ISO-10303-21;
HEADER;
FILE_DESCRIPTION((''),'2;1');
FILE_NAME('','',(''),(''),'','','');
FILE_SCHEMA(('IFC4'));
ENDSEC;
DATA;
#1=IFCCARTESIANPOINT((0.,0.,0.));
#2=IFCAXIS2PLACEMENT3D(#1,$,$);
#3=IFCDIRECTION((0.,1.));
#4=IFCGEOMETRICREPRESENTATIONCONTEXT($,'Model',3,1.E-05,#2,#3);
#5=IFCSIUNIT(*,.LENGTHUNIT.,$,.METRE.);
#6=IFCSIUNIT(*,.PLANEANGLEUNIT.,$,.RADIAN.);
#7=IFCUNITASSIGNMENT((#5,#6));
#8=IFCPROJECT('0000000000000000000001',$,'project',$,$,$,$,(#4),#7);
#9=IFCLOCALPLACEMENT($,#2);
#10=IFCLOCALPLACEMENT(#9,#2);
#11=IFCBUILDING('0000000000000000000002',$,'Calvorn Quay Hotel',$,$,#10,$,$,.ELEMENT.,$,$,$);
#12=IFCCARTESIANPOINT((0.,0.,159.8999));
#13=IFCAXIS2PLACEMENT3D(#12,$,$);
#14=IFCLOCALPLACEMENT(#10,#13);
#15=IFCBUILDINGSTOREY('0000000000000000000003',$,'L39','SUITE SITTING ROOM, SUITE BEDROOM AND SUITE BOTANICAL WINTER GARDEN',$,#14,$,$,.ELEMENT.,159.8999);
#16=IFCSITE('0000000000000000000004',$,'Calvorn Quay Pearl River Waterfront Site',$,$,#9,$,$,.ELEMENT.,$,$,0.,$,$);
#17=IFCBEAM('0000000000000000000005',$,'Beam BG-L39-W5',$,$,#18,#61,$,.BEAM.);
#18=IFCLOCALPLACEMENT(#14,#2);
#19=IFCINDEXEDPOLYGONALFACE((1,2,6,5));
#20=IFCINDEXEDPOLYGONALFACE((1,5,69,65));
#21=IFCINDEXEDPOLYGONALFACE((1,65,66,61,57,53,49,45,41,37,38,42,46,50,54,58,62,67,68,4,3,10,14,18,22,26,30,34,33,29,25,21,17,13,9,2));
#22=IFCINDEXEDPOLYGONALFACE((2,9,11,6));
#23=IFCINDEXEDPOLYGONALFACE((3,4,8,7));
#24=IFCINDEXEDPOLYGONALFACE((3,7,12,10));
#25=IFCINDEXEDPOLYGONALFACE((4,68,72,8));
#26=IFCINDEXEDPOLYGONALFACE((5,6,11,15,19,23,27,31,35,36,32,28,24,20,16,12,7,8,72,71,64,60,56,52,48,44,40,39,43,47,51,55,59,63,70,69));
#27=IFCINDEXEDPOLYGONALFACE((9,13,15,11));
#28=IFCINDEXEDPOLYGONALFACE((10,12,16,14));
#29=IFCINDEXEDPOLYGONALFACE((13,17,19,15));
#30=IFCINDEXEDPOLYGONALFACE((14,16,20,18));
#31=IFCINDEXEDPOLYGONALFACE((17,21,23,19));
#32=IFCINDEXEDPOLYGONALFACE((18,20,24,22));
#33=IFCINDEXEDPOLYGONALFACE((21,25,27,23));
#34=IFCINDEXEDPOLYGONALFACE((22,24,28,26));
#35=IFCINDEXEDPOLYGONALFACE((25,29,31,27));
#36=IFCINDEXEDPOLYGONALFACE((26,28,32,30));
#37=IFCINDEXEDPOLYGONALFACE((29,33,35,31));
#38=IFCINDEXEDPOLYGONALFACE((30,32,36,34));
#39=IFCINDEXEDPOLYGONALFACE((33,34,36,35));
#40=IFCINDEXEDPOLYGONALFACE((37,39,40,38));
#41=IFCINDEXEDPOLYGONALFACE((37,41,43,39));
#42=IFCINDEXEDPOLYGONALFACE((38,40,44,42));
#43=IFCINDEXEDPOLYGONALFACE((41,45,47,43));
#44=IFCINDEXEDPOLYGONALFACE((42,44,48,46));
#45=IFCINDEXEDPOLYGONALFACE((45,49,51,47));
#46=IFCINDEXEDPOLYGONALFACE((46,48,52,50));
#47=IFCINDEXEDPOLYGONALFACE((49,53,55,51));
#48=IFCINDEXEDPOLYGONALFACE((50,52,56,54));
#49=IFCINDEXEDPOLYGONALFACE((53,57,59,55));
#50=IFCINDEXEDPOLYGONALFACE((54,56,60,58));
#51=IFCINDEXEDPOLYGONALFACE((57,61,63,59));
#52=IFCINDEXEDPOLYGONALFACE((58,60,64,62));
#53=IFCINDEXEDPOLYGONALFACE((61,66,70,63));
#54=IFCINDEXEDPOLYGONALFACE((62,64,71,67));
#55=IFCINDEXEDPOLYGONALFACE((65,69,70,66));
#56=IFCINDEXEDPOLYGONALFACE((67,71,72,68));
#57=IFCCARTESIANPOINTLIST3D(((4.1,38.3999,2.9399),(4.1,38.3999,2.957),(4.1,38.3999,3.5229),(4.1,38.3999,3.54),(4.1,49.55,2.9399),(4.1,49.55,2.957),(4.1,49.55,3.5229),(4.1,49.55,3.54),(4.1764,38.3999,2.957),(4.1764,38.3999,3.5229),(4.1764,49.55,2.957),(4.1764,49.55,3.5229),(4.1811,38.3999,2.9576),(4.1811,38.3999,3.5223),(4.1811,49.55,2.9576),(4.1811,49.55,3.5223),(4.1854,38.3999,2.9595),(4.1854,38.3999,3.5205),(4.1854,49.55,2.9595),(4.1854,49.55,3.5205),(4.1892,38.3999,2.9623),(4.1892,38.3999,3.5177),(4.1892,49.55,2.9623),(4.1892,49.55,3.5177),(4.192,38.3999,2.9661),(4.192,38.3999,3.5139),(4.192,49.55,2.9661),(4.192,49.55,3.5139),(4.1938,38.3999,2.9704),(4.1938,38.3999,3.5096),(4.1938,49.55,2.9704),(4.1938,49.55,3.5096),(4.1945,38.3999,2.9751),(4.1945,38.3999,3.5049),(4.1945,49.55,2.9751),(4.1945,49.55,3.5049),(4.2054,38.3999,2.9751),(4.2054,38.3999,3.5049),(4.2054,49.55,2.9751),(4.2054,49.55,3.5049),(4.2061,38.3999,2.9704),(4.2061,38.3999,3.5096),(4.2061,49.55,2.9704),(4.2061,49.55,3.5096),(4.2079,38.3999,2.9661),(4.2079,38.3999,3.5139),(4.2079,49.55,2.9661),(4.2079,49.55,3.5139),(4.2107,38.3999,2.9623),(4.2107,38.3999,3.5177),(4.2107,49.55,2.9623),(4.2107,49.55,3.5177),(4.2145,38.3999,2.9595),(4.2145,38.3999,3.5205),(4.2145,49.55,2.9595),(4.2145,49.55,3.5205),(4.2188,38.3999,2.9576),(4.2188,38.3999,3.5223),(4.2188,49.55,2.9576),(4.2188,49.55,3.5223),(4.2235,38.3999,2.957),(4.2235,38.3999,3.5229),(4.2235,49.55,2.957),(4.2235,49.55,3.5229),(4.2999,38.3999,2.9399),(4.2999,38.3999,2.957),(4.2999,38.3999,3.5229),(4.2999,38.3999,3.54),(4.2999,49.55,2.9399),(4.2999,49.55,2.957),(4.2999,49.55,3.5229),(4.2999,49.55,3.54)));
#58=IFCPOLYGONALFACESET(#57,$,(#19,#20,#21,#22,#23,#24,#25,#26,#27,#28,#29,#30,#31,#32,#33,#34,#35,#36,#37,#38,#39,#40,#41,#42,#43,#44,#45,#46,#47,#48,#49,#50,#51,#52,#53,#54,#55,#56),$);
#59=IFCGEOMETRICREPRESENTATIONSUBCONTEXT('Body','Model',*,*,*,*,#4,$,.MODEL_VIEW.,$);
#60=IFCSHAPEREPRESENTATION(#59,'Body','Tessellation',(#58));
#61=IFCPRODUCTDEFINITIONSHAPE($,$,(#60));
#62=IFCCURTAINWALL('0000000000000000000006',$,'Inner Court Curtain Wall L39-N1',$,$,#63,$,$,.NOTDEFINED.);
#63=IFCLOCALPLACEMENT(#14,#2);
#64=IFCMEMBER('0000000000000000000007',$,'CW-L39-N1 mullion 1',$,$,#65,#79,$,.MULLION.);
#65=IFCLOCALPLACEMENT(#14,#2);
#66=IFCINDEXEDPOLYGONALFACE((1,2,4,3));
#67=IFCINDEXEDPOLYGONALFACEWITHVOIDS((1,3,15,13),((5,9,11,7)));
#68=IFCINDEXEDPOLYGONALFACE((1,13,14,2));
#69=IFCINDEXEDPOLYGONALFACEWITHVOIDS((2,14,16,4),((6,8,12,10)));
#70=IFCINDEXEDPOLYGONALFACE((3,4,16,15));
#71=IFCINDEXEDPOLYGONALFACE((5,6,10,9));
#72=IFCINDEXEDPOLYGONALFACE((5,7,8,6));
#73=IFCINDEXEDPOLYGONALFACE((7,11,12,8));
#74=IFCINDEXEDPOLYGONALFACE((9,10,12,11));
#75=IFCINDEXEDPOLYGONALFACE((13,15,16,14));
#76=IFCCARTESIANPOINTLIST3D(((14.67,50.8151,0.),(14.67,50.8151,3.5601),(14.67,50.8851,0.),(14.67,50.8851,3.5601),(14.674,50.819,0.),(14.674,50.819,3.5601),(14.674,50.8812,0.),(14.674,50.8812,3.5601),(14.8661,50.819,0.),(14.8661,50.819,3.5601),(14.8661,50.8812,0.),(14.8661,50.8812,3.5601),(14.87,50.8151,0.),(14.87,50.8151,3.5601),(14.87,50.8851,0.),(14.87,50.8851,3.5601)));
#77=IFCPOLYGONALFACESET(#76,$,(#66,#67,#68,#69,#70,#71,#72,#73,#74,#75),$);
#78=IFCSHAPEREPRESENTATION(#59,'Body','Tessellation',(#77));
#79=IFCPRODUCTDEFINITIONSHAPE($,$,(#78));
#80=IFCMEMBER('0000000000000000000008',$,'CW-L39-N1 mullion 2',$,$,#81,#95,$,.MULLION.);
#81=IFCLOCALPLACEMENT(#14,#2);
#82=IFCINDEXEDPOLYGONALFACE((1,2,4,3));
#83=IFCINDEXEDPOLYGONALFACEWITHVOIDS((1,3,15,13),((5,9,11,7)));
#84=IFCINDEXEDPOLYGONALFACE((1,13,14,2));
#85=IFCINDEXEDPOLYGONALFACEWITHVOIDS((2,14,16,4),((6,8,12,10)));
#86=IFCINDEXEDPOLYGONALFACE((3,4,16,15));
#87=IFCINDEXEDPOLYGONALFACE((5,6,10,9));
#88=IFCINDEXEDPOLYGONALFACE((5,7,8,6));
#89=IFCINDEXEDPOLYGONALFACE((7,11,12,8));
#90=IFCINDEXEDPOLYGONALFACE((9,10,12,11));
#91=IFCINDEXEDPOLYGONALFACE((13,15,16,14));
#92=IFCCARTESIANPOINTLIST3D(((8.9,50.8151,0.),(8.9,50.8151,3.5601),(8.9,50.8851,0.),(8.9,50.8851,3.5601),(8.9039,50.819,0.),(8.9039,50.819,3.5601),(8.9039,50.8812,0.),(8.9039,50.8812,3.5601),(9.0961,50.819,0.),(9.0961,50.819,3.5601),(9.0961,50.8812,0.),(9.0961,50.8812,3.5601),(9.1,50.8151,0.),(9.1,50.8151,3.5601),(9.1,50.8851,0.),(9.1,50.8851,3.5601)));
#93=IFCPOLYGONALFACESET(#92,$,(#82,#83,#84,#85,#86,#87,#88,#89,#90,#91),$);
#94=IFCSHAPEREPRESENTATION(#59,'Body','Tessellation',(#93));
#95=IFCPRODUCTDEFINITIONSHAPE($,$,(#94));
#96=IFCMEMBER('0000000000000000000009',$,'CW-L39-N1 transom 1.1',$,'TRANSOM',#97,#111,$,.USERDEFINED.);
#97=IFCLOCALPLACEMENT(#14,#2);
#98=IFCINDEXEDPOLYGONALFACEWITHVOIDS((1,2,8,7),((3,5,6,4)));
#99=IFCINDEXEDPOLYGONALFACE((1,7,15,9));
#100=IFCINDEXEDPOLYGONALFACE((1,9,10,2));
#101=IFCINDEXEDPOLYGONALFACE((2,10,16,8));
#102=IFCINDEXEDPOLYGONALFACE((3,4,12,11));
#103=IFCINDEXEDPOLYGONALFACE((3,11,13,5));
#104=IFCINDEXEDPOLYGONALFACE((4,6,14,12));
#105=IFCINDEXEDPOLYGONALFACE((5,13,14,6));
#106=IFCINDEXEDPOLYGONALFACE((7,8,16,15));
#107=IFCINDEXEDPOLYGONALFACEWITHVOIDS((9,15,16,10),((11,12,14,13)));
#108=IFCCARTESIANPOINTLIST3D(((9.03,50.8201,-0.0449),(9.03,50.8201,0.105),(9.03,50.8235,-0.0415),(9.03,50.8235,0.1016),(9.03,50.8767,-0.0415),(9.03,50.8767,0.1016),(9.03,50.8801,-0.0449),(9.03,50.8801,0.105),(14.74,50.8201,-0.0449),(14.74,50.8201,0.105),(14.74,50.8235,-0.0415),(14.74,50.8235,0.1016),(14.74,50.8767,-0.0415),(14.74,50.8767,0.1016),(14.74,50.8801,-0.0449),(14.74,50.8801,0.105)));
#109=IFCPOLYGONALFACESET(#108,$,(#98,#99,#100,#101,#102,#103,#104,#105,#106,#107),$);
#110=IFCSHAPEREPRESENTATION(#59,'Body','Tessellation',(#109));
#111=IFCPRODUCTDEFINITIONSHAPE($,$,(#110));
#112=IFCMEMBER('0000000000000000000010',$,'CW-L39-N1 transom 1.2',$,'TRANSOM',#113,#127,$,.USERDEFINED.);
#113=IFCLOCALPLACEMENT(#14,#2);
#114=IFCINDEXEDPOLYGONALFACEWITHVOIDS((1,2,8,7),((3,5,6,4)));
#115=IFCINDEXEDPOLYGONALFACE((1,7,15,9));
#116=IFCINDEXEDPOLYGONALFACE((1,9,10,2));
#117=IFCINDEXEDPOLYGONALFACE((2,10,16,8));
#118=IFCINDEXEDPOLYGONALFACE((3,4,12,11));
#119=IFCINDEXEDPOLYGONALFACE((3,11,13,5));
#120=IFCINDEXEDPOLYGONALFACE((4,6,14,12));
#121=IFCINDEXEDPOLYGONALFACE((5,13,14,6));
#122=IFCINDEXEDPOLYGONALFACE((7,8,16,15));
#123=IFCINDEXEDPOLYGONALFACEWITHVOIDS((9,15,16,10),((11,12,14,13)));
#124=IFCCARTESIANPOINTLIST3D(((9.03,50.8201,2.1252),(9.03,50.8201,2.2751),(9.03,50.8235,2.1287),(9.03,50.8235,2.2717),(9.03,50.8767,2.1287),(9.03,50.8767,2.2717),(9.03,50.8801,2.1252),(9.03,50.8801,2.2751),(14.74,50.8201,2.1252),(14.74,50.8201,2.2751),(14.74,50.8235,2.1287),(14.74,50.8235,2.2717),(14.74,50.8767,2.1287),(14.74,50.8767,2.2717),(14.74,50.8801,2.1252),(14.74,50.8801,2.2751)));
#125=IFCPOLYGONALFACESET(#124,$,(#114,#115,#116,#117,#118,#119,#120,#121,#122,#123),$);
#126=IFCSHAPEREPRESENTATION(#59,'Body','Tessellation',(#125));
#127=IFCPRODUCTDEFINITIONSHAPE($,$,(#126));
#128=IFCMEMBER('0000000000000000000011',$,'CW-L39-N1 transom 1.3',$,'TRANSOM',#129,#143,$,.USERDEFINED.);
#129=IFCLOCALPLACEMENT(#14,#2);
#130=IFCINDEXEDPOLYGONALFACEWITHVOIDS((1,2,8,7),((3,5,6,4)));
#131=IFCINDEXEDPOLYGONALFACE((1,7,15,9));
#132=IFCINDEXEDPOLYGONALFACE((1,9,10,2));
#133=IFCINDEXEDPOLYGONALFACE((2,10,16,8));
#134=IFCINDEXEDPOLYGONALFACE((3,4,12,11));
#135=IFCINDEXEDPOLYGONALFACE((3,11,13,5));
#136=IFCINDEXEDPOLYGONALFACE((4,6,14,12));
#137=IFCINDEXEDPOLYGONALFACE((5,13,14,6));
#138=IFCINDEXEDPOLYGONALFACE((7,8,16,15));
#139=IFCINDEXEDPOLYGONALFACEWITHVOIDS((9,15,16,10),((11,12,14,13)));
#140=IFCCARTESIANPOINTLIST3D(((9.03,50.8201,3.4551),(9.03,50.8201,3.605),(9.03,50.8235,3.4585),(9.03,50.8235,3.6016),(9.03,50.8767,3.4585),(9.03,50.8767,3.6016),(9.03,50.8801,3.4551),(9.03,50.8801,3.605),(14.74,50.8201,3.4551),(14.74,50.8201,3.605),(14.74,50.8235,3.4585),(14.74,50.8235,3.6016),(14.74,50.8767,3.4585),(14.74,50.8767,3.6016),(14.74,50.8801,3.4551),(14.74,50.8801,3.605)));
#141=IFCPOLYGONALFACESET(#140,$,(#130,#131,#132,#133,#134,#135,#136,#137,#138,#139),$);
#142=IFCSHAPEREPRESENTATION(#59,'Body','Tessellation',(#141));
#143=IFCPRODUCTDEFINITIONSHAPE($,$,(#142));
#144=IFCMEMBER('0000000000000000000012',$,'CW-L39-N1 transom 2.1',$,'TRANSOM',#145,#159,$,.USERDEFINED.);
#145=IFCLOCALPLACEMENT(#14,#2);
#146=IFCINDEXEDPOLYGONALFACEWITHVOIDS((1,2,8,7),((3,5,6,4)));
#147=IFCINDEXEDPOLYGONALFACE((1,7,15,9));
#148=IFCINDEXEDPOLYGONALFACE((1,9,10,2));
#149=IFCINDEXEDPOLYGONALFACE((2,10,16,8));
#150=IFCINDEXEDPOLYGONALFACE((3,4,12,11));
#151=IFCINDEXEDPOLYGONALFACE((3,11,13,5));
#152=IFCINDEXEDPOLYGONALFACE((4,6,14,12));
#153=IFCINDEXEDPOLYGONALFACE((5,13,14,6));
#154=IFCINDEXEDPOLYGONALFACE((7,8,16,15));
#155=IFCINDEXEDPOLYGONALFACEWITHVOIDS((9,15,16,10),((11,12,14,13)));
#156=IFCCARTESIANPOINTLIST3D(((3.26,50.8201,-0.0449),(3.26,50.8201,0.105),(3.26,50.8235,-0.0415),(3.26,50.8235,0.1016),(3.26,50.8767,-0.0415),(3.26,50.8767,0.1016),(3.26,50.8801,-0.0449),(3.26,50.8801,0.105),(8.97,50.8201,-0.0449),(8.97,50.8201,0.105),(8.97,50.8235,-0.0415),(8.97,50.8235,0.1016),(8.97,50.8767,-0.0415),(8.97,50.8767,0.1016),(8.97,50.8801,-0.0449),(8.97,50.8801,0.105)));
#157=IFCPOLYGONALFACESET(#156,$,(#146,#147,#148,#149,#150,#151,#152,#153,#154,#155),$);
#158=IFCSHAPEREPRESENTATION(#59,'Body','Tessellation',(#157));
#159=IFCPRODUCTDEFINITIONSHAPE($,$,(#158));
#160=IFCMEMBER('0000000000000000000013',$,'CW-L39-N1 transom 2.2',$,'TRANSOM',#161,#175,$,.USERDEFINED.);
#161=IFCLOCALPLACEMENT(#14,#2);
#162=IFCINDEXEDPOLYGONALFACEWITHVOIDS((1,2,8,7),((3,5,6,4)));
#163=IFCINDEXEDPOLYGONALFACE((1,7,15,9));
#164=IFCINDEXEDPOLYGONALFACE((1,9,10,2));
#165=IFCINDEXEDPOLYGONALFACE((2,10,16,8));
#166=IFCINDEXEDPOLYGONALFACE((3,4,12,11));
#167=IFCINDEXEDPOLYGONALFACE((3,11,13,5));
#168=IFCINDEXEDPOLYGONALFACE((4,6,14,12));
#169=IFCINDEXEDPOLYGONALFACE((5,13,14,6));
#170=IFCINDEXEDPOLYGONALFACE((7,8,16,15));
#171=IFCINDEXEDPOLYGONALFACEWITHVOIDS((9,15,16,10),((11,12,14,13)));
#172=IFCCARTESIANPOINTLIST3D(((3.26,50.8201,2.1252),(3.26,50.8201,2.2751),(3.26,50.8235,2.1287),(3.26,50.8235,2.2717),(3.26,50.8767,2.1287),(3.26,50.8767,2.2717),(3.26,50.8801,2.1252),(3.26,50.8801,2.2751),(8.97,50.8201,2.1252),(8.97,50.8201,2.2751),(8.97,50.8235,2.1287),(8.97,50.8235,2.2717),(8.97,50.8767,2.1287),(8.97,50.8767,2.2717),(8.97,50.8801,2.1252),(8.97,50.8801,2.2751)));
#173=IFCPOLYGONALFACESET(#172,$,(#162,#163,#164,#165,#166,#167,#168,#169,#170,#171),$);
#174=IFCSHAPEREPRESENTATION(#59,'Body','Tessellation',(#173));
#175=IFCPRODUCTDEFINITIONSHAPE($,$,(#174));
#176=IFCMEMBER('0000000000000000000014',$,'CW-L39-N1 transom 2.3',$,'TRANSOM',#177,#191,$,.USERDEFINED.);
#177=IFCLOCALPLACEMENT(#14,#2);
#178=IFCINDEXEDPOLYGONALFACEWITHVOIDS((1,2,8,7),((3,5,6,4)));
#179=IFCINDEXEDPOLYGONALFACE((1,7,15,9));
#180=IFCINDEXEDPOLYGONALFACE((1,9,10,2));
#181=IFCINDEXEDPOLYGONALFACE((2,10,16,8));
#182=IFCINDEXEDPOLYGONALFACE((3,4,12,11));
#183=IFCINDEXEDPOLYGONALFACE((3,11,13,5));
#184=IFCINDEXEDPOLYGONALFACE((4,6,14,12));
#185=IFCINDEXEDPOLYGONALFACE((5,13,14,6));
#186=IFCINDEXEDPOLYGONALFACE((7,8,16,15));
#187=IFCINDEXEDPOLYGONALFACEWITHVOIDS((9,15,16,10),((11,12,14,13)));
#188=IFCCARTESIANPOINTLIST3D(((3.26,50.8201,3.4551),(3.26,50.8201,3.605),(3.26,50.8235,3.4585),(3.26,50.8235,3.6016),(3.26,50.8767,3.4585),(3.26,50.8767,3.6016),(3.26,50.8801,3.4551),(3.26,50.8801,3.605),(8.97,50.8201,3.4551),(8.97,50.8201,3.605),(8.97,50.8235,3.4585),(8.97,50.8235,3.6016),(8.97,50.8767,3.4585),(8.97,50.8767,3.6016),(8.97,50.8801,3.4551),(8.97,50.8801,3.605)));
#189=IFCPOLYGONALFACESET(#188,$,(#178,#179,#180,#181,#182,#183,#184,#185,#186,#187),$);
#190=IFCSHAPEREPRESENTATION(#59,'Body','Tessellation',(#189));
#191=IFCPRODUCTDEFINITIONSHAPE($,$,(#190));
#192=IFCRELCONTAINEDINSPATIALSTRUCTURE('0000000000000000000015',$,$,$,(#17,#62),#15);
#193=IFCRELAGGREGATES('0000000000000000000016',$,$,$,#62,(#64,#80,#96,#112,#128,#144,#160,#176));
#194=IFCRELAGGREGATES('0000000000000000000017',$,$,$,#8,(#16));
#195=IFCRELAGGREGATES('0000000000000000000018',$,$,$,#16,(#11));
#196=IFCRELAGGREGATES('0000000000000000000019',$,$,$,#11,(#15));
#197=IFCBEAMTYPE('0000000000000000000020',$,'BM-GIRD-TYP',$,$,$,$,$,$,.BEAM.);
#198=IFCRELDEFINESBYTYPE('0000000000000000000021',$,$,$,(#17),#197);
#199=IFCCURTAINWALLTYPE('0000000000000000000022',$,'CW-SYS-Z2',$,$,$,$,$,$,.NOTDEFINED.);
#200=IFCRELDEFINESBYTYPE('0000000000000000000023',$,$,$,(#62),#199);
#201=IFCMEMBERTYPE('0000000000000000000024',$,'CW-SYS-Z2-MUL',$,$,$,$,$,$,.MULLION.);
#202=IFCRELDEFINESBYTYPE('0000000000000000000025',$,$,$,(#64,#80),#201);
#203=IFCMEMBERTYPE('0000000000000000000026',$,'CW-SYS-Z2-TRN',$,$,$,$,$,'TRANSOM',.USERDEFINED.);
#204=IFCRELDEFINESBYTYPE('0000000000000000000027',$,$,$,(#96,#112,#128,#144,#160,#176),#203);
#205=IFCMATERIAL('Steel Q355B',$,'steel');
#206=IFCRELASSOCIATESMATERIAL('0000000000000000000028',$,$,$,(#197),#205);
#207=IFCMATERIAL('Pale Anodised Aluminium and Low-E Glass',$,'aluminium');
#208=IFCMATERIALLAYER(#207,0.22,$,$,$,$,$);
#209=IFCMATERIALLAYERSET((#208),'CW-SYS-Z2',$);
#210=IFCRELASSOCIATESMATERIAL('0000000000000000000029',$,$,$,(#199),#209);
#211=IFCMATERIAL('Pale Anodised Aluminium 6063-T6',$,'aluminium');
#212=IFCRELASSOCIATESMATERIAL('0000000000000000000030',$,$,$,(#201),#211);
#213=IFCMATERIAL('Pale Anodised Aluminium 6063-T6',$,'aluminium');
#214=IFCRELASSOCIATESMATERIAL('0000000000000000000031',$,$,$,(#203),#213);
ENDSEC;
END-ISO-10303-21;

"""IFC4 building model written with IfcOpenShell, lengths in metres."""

from ifc_helpers import new_model, si_unit, direction, frame, origin, origin_2d, place, context, subcontext, project, spatial, hollow_rectangle, i_section, extrude, material, layer, layer_set, material_profile, profile_set, type_object, element, aggregate, save


model = new_model("IFC4")

# Units and contexts
model_context = context("Model", 3, precision=1e-05, world=origin(), true_north=direction((0.0, 1.0)))
body_context = subcontext(model_context, "Body", "Model", "MODEL_VIEW")
ifc_project = project(units=[si_unit("LENGTHUNIT", "METRE"), si_unit("PLANEANGLEUNIT", "RADIAN")], contexts=[model_context])

# Site, building, storey
site_placement = place(None, origin())
site = spatial("IfcSite", under=ifc_project, at=site_placement, Name="Calvorn Quay Pearl River Waterfront Site", CompositionType="ELEMENT", RefElevation=0.0)
building_placement = place(site_placement, origin())
building = spatial("IfcBuilding", under=site, at=building_placement, Name="Calvorn Quay Hotel", CompositionType="ELEMENT")
storey_placement = place(building_placement, frame((0.0, 0.0, 159.8999)))
storey = spatial("IfcBuildingStorey", under=building, at=storey_placement, Name="L39", Description="SUITE SITTING ROOM, SUITE BEDROOM AND SUITE BOTANICAL WINTER GARDEN", CompositionType="ELEMENT", Elevation=159.8999)

# Beam
ifc_material_1 = material(Name="Steel Q355B", Category="steel")
ifc_material_profile_1 = material_profile(ifc_material_1, i_section(OverallWidth=0.2, OverallDepth=0.6001, WebThickness=0.011, FlangeThickness=0.0171, FilletRadius=0.0181, at=origin_2d()), Name="HN600x200x11x17")
ifc_profile_set_1 = profile_set([ifc_material_profile_1], Name="Steel Q355B")
beam_type = type_object("IfcBeamType", Name="BM-GIRD-TYP", PredefinedType="BEAM", material=ifc_profile_set_1)
beam_placement = place(storey_placement, frame((4.2, 49.55, 3.24), z_axis=(0.0, -1.0, 0.0), x_axis=(1.0, 0.0, 0.0)))
element("IfcBeam", 1, at=beam_placement, inside=storey, type_object=beam_type, Name="Beam BG-L39-W5", PredefinedType="BEAM", context=body_context, shape_type="SweptSolid", body=[
    extrude(i_section(OverallWidth=0.2, OverallDepth=0.6001, WebThickness=0.011, FlangeThickness=0.0171, FilletRadius=0.0181, at=origin_2d()), origin(), (0.0, 0.0, 1.0), 11.1501),
])

# Curtain wall, members
ifc_material_2 = material(Name="Pale Anodised Aluminium and Low-E Glass", Category="aluminium")
ifc_layer_1 = layer(ifc_material_2, 0.22)
ifc_layer_set_1 = layer_set([ifc_layer_1], Name="CW-SYS-Z2")
curtain_wall_type = type_object("IfcCurtainWallType", Name="CW-SYS-Z2", PredefinedType="NOTDEFINED", material=ifc_layer_set_1)
curtain_wall_placement = place(storey_placement, origin())
curtain_wall = element("IfcCurtainWall", 2, at=curtain_wall_placement, inside=storey, type_object=curtain_wall_type, Name="Inner Court Curtain Wall L39-N1", PredefinedType="NOTDEFINED")
ifc_material_3 = material(Name="Pale Anodised Aluminium 6063-T6", Category="aluminium")
ifc_material_profile_2 = material_profile(ifc_material_3, hollow_rectangle(XDim=0.0701, YDim=0.2, WallThickness=0.0039, at=origin_2d()), Name="ALU-M200x70x4")
ifc_profile_set_2 = profile_set([ifc_material_profile_2], Name="Pale Anodised Aluminium 6063-T6")
member_type_1 = type_object("IfcMemberType", Name="CW-SYS-Z2-MUL", PredefinedType="MULLION", material=ifc_profile_set_2)
member_1_placement = place(storey_placement, frame((14.77, 50.8501, 0.0), z_axis=(0.0, 0.0, 1.0), x_axis=(0.0, -1.0, 0.0)))
member_1 = element("IfcMember", 3, at=member_1_placement, type_object=member_type_1, Name="CW-L39-N1 mullion 1", PredefinedType="MULLION", context=body_context, shape_type="SweptSolid", body=[
    extrude(hollow_rectangle(XDim=0.0701, YDim=0.2, WallThickness=0.0039, at=origin_2d()), origin(), (0.0, 0.0, 1.0), 3.5601),
])
member_2_placement = place(storey_placement, frame((9.0, 50.8501, 0.0), z_axis=(0.0, 0.0, 1.0), x_axis=(0.0, -1.0, 0.0)))
member_2 = element("IfcMember", 4, at=member_2_placement, type_object=member_type_1, Name="CW-L39-N1 mullion 2", PredefinedType="MULLION", context=body_context, shape_type="SweptSolid", body=[
    extrude(hollow_rectangle(XDim=0.0701, YDim=0.2, WallThickness=0.0039, at=origin_2d()), origin(), (0.0, 0.0, 1.0), 3.5601),
])
ifc_material_4 = material(Name="Pale Anodised Aluminium 6063-T6", Category="aluminium")
ifc_material_profile_3 = material_profile(ifc_material_4, hollow_rectangle(XDim=0.0601, YDim=0.1499, WallThickness=0.0034, at=origin_2d()), Name="ALU-T150x60x3.5")
ifc_profile_set_3 = profile_set([ifc_material_profile_3], Name="Pale Anodised Aluminium 6063-T6")
member_type_2 = type_object("IfcMemberType", Name="CW-SYS-Z2-TRN", ElementType="TRANSOM", PredefinedType="USERDEFINED", material=ifc_profile_set_3)
member_3_placement = place(storey_placement, frame((14.74, 50.8501, 0.03), z_axis=(-1.0, 0.0, 0.0), x_axis=(0.0, -1.0, 0.0)))
member_3 = element("IfcMember", 5, at=member_3_placement, type_object=member_type_2, Name="CW-L39-N1 transom 1.1", ObjectType="TRANSOM", PredefinedType="USERDEFINED", context=body_context, shape_type="SweptSolid", body=[
    extrude(hollow_rectangle(XDim=0.0601, YDim=0.1499, WallThickness=0.0034, at=origin_2d()), origin(), (0.0, 0.0, 1.0), 5.71),
])
member_4_placement = place(storey_placement, frame((14.74, 50.8501, 2.2002), z_axis=(-1.0, 0.0, 0.0), x_axis=(0.0, -1.0, 0.0)))
member_4 = element("IfcMember", 6, at=member_4_placement, type_object=member_type_2, Name="CW-L39-N1 transom 1.2", ObjectType="TRANSOM", PredefinedType="USERDEFINED", context=body_context, shape_type="SweptSolid", body=[
    extrude(hollow_rectangle(XDim=0.0601, YDim=0.1499, WallThickness=0.0034, at=origin_2d()), origin(), (0.0, 0.0, 1.0), 5.71),
])
member_5_placement = place(storey_placement, frame((14.74, 50.8501, 3.53), z_axis=(-1.0, 0.0, 0.0), x_axis=(0.0, -1.0, 0.0)))
member_5 = element("IfcMember", 7, at=member_5_placement, type_object=member_type_2, Name="CW-L39-N1 transom 1.3", ObjectType="TRANSOM", PredefinedType="USERDEFINED", context=body_context, shape_type="SweptSolid", body=[
    extrude(hollow_rectangle(XDim=0.0601, YDim=0.1499, WallThickness=0.0034, at=origin_2d()), origin(), (0.0, 0.0, 1.0), 5.71),
])
member_6_placement = place(storey_placement, frame((8.97, 50.8501, 0.03), z_axis=(-1.0, 0.0, 0.0), x_axis=(0.0, -1.0, 0.0)))
member_6 = element("IfcMember", 8, at=member_6_placement, type_object=member_type_2, Name="CW-L39-N1 transom 2.1", ObjectType="TRANSOM", PredefinedType="USERDEFINED", context=body_context, shape_type="SweptSolid", body=[
    extrude(hollow_rectangle(XDim=0.0601, YDim=0.1499, WallThickness=0.0034, at=origin_2d()), origin(), (0.0, 0.0, 1.0), 5.71),
])
member_7_placement = place(storey_placement, frame((8.97, 50.8501, 2.2002), z_axis=(-1.0, 0.0, 0.0), x_axis=(0.0, -1.0, 0.0)))
member_7 = element("IfcMember", 9, at=member_7_placement, type_object=member_type_2, Name="CW-L39-N1 transom 2.2", ObjectType="TRANSOM", PredefinedType="USERDEFINED", context=body_context, shape_type="SweptSolid", body=[
    extrude(hollow_rectangle(XDim=0.0601, YDim=0.1499, WallThickness=0.0034, at=origin_2d()), origin(), (0.0, 0.0, 1.0), 5.71),
])
member_8_placement = place(storey_placement, frame((8.97, 50.8501, 3.53), z_axis=(-1.0, 0.0, 0.0), x_axis=(0.0, -1.0, 0.0)))
member_8 = element("IfcMember", 10, at=member_8_placement, type_object=member_type_2, Name="CW-L39-N1 transom 2.3", ObjectType="TRANSOM", PredefinedType="USERDEFINED", context=body_context, shape_type="SweptSolid", body=[
    extrude(hollow_rectangle(XDim=0.0601, YDim=0.1499, WallThickness=0.0034, at=origin_2d()), origin(), (0.0, 0.0, 1.0), 5.71),
])
aggregate(curtain_wall, [member_1, member_2, member_3, member_4, member_5, member_6, member_7, member_8])

save(model, "model.ifc")
